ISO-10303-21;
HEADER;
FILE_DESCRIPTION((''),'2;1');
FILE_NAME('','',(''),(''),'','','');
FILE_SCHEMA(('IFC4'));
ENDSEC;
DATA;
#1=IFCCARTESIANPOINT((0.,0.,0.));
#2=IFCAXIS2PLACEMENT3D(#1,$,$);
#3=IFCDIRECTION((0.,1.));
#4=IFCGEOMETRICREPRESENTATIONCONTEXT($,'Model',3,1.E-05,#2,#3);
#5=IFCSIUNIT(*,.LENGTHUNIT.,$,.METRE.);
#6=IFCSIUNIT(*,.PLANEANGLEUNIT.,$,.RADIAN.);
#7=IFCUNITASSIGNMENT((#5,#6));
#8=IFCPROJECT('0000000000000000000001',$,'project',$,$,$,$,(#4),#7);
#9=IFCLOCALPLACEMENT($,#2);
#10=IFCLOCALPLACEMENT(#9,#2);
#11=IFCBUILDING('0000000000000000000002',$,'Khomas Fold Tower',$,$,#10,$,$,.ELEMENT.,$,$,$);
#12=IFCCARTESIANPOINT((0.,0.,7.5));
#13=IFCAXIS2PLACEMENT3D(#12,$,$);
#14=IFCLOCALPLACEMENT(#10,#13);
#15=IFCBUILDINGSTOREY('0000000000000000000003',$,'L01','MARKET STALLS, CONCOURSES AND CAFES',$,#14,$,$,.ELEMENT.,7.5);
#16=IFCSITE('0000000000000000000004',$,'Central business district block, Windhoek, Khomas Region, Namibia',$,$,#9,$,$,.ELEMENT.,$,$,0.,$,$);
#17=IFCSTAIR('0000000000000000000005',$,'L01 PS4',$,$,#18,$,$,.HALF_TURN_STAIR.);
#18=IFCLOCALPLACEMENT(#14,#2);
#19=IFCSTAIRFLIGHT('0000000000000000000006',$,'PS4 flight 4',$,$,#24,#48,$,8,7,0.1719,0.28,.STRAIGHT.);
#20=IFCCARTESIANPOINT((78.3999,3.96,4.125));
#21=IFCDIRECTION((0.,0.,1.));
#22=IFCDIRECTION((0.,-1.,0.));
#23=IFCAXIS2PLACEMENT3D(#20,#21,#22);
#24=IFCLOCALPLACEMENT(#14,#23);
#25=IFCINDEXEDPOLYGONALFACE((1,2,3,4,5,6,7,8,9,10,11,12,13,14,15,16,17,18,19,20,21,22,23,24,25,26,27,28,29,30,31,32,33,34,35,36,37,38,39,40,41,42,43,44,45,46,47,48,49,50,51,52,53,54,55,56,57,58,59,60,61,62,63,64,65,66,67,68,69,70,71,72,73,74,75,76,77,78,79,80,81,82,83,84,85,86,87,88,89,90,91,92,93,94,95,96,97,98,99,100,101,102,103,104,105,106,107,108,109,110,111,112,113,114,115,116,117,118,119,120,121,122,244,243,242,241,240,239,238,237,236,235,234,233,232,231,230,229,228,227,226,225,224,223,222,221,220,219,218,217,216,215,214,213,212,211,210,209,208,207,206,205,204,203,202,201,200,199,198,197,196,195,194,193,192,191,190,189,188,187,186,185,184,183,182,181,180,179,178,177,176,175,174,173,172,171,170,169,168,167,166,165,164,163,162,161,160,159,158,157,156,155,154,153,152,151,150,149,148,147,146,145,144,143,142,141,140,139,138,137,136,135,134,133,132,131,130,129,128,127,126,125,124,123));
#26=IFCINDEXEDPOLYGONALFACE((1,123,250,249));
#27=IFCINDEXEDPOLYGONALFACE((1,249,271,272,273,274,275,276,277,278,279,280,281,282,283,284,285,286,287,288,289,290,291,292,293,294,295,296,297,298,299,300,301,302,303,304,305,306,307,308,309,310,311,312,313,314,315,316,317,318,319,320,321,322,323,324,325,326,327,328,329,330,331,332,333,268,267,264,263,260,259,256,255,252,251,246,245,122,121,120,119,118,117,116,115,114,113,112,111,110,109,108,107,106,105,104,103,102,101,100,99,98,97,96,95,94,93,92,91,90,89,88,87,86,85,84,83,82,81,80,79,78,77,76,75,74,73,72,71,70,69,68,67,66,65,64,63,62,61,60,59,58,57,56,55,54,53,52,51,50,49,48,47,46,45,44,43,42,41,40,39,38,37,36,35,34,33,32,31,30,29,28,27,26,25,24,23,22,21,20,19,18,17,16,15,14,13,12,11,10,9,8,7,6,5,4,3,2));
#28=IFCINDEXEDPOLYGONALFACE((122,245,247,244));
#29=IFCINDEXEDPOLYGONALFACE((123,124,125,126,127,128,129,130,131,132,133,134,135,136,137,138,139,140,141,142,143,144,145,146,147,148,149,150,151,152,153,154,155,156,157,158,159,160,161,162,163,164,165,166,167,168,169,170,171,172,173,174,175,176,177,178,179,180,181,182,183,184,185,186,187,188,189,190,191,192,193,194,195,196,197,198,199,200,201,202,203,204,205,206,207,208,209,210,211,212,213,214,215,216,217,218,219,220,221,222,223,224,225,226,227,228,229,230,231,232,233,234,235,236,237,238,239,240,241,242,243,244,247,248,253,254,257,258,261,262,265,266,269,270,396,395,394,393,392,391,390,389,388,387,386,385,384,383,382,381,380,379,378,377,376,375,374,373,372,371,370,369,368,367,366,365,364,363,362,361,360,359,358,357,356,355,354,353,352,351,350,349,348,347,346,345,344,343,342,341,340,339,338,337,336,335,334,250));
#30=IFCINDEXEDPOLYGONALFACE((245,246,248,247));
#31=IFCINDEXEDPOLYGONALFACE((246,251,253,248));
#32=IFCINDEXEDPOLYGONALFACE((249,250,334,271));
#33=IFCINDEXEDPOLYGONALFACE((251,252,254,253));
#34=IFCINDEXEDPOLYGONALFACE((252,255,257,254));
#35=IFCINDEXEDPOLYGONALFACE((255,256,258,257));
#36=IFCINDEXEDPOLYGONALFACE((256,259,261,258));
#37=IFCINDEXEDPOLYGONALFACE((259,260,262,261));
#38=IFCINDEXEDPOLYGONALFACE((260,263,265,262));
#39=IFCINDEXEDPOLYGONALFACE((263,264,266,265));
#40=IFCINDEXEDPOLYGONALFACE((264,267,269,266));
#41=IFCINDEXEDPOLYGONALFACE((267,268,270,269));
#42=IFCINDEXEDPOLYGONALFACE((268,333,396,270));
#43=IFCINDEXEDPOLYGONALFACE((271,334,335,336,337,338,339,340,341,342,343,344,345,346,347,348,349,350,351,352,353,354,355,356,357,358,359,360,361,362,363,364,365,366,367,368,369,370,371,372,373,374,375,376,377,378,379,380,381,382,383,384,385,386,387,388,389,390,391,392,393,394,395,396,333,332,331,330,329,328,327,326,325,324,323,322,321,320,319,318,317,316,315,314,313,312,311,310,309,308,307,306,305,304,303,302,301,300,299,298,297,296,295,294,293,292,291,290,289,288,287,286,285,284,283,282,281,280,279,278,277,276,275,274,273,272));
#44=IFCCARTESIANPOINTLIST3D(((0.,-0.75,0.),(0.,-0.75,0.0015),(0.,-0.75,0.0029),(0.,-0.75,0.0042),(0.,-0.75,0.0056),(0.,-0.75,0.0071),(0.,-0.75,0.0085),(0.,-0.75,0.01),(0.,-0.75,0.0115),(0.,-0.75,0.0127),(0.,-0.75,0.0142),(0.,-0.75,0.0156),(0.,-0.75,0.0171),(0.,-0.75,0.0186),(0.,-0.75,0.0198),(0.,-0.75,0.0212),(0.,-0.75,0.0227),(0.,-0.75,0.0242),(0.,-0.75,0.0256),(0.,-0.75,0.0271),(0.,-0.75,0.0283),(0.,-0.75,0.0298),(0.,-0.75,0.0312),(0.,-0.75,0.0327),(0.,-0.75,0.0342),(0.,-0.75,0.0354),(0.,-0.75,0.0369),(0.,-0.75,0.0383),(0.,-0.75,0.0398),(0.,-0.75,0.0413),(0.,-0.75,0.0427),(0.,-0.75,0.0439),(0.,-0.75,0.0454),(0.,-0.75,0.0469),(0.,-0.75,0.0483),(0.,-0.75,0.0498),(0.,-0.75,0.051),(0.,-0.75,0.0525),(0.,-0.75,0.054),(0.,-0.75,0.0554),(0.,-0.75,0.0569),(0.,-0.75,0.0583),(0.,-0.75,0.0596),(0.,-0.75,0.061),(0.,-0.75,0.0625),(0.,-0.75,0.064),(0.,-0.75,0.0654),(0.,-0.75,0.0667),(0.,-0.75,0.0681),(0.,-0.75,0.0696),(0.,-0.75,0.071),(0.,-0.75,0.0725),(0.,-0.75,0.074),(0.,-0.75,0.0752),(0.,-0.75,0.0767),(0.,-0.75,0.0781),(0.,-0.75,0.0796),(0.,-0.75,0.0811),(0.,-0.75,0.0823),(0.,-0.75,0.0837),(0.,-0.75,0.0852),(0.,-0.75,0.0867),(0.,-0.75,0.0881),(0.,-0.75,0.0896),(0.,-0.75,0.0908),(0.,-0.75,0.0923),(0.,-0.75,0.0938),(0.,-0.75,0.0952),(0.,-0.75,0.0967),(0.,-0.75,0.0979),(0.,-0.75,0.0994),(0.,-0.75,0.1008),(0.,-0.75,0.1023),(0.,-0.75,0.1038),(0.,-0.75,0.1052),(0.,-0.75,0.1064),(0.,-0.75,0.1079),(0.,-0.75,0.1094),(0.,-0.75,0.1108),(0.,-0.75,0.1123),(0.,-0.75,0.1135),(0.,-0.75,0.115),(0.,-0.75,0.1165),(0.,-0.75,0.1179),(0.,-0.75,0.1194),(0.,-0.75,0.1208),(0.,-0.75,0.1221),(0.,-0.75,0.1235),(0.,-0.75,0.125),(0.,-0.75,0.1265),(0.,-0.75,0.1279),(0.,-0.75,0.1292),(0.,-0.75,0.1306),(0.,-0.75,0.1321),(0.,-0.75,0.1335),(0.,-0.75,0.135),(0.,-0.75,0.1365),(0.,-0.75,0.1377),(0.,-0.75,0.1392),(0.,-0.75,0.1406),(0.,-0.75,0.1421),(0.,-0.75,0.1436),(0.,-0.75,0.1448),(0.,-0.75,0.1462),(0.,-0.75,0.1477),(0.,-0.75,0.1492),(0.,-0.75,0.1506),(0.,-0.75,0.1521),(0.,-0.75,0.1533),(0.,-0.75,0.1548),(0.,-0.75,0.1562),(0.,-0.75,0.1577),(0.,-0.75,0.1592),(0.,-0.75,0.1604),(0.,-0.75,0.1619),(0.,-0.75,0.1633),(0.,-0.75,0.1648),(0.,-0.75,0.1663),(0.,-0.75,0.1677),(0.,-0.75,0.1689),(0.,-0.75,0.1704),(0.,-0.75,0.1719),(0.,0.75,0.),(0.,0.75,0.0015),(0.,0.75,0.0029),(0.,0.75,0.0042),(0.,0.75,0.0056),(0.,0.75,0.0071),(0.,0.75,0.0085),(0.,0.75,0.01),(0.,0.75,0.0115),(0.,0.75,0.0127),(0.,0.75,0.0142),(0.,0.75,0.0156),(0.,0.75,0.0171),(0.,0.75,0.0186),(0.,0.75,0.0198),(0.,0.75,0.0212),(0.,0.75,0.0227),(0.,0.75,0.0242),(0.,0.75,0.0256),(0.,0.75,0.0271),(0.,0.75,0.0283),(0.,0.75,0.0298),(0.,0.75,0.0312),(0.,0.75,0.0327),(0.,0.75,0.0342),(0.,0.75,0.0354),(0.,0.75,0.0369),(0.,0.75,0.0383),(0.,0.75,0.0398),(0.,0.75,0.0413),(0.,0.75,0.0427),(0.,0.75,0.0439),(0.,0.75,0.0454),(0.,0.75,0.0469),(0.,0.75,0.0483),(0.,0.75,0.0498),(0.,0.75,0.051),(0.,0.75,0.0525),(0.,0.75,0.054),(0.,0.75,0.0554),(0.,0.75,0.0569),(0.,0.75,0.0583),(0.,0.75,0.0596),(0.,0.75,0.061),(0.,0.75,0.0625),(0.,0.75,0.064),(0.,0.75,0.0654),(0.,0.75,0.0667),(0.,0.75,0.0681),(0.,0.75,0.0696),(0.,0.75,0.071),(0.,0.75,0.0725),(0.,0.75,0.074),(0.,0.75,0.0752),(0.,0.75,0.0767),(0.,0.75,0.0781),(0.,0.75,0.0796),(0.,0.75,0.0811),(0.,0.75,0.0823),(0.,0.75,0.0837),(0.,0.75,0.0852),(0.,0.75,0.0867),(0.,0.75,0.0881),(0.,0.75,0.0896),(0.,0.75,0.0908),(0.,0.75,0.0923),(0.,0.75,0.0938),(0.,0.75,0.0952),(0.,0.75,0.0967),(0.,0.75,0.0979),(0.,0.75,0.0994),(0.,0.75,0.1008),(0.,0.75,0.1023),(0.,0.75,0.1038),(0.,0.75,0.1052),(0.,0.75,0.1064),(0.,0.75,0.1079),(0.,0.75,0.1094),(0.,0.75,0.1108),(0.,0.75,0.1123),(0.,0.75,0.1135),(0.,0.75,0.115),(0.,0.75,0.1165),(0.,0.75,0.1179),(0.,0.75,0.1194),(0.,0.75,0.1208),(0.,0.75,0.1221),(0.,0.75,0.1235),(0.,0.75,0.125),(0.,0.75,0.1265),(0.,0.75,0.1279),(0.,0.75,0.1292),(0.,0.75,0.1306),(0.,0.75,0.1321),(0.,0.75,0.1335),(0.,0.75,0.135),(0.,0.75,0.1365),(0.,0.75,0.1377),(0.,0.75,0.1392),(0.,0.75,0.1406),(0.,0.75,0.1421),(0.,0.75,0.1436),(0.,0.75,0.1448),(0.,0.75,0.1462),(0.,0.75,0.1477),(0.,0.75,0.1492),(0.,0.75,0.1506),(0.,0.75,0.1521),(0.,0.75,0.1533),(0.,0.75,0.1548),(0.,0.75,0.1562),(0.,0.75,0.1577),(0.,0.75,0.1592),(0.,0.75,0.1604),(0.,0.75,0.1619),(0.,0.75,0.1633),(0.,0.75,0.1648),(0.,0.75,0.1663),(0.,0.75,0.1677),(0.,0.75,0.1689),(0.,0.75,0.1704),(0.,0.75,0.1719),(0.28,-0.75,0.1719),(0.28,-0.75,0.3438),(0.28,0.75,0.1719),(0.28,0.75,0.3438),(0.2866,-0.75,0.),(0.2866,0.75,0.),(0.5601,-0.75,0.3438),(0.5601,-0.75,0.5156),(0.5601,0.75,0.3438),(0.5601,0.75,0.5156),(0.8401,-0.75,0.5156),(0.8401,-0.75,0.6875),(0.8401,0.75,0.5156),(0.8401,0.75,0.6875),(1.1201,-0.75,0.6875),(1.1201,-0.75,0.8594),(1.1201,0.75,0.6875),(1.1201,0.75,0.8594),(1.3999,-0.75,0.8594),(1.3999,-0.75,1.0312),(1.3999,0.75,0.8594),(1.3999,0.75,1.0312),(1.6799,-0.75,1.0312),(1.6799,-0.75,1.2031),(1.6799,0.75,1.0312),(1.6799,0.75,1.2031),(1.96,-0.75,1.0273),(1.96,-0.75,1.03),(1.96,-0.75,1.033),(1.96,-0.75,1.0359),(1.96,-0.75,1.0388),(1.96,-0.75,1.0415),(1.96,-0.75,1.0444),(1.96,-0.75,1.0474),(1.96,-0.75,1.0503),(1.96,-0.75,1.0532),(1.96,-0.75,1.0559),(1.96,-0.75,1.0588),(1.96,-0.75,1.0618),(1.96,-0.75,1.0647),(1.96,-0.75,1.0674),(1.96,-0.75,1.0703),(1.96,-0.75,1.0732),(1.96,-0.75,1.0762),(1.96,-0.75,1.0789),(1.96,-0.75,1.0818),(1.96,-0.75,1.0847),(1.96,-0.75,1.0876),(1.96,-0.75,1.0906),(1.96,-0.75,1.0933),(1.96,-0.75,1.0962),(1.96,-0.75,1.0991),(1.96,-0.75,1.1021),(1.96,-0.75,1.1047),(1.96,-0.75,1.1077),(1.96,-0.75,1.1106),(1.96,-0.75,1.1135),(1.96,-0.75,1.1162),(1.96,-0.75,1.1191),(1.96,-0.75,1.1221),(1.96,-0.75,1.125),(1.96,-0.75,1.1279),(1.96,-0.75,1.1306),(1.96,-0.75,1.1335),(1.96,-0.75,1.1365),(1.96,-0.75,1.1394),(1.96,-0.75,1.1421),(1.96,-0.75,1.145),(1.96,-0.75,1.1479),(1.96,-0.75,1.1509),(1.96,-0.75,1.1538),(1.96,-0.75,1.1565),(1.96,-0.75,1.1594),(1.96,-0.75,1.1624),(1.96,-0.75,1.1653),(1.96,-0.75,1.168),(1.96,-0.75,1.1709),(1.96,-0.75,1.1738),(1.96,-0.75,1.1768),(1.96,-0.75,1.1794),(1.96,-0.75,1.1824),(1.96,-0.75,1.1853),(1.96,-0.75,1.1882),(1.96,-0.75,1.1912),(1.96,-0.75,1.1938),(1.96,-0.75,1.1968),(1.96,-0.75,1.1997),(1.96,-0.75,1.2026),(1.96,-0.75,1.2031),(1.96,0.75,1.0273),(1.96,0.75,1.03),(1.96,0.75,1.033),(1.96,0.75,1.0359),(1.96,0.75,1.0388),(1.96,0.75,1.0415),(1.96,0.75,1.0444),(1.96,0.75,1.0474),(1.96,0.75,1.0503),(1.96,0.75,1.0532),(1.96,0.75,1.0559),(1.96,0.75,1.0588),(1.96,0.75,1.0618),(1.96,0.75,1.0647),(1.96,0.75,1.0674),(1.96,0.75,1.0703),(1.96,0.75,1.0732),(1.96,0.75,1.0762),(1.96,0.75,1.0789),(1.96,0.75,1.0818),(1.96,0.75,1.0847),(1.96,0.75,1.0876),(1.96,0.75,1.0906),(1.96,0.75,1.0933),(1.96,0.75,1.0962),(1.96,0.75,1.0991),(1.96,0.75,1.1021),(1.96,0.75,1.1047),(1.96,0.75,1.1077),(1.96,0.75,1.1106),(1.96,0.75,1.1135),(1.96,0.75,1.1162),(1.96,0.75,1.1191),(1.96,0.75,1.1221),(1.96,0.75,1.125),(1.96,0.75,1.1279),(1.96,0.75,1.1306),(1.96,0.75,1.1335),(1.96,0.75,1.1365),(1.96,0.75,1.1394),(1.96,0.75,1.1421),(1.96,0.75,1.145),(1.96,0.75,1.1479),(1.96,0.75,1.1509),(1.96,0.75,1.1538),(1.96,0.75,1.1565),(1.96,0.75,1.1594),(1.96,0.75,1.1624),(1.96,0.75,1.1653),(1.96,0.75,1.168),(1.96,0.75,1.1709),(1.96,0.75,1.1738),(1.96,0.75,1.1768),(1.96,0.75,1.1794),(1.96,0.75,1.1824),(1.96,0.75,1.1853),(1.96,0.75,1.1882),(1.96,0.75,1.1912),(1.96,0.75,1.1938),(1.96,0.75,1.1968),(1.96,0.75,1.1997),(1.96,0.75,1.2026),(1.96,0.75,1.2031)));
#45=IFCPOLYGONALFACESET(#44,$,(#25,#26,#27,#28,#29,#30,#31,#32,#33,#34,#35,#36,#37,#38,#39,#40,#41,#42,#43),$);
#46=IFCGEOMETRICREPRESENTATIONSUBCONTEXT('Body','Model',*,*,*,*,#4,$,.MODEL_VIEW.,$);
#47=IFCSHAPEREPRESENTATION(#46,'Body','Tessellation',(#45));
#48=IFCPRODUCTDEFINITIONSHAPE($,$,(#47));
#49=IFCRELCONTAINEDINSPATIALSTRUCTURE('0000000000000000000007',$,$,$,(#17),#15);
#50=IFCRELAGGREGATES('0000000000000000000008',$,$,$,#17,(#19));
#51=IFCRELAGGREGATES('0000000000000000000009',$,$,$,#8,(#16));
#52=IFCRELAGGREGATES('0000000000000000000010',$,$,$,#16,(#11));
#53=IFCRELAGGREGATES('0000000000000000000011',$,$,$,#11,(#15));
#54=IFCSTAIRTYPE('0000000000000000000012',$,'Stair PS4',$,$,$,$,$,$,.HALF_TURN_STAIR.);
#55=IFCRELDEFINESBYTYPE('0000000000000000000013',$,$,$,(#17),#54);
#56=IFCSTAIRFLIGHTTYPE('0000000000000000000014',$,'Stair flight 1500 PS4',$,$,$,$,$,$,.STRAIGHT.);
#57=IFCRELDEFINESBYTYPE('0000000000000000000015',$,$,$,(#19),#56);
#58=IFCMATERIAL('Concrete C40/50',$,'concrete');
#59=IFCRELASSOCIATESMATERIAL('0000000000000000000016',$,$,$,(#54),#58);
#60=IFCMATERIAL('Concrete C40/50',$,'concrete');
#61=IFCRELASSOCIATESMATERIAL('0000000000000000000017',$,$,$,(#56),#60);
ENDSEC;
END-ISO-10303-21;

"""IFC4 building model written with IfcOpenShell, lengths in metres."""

from ifc_helpers import new_model, si_unit, direction, frame, origin, place, context, subcontext, project, spatial, polyline, outline, extrude, source, transform, mapped, material, type_object, element, aggregate, save


model = new_model("IFC4")

# Units and contexts
model_context = context("Model", 3, precision=1e-05, world=origin(), true_north=direction((0.0, 1.0)))
body_context = subcontext(model_context, "Body", "Model", "MODEL_VIEW")
ifc_project = project(units=[si_unit("LENGTHUNIT", "METRE"), si_unit("PLANEANGLEUNIT", "RADIAN")], contexts=[model_context])

# Site, building, storey
site_placement = place(None, origin())
site = spatial("IfcSite", under=ifc_project, at=site_placement, Name="Central business district block, Windhoek, Khomas Region, Namibia", CompositionType="ELEMENT", RefElevation=0.0)
building_placement = place(site_placement, origin())
building = spatial("IfcBuilding", under=site, at=building_placement, Name="Khomas Fold Tower", CompositionType="ELEMENT")
storey_placement = place(building_placement, frame((0.0, 0.0, 7.5)))
storey = spatial("IfcBuildingStorey", under=building, at=storey_placement, Name="L01", Description="MARKET STALLS, CONCOURSES AND CAFES", CompositionType="ELEMENT", Elevation=7.5)

# Stair, stair flight
ifc_material_1 = material(Name="Concrete C40/50", Category="concrete")
stair_type = type_object("IfcStairType", Name="Stair PS4", PredefinedType="HALF_TURN_STAIR", material=ifc_material_1)
stair_placement = place(storey_placement, origin())
stair = element("IfcStair", 1, at=stair_placement, inside=storey, type_object=stair_type, Name="L01 PS4", PredefinedType="HALF_TURN_STAIR")
ifc_material_2 = material(Name="Concrete C40/50", Category="concrete")
stair_flight_type = type_object("IfcStairFlightType", Name="Stair flight 1500 PS4", PredefinedType="STRAIGHT", material=ifc_material_2)
shared_shape_1 = source(origin(), body_context, "Body", "SweptSolid", [
    extrude(outline(polyline([(0.0, 0.0), (0.0, 0.0015), (0.0, 0.0029), (0.0, 0.0042), (0.0, 0.0056), (0.0, 0.0071), (0.0, 0.0085), (0.0, 0.01), (0.0, 0.0115), (0.0, 0.0127), (0.0, 0.0142), (0.0, 0.0156), (0.0, 0.0171), (0.0, 0.0186), (0.0, 0.0198), (0.0, 0.0212), (0.0, 0.0227), (0.0, 0.0242), (0.0, 0.0256), (0.0, 0.0271), (0.0, 0.0283), (0.0, 0.0298), (0.0, 0.0312), (0.0, 0.0327), (0.0, 0.0342), (0.0, 0.0354), (0.0, 0.0369), (0.0, 0.0383), (0.0, 0.0398), (0.0, 0.0413), (0.0, 0.0427), (0.0, 0.0439), (0.0, 0.0454), (0.0, 0.0469), (0.0, 0.0483), (0.0, 0.0498), (0.0, 0.051), (0.0, 0.0525), (0.0, 0.054), (0.0, 0.0554), (0.0, 0.0569), (0.0, 0.0583), (0.0, 0.0596), (0.0, 0.061), (0.0, 0.0625), (0.0, 0.064), (0.0, 0.0654), (0.0, 0.0667), (0.0, 0.0681), (0.0, 0.0696), (0.0, 0.071), (0.0, 0.0725), (0.0, 0.074), (0.0, 0.0752), (0.0, 0.0767), (0.0, 0.0781), (0.0, 0.0796), (0.0, 0.0811), (0.0, 0.0823), (0.0, 0.0837), (0.0, 0.0852), (0.0, 0.0867), (0.0, 0.0881), (0.0, 0.0896), (0.0, 0.0908), (0.0, 0.0923), (0.0, 0.0938), (0.0, 0.0952), (0.0, 0.0967), (0.0, 0.0979), (0.0, 0.0994), (0.0, 0.1008), (0.0, 0.1023), (0.0, 0.1038), (0.0, 0.1052), (0.0, 0.1064), (0.0, 0.1079), (0.0, 0.1094), (0.0, 0.1108), (0.0, 0.1123), (0.0, 0.1135), (0.0, 0.115), (0.0, 0.1165), (0.0, 0.1179), (0.0, 0.1194), (0.0, 0.1208), (0.0, 0.1221), (0.0, 0.1235), (0.0, 0.125), (0.0, 0.1265), (0.0, 0.1279), (0.0, 0.1292), (0.0, 0.1306), (0.0, 0.1321), (0.0, 0.1335), (0.0, 0.135), (0.0, 0.1365), (0.0, 0.1377), (0.0, 0.1392), (0.0, 0.1406), (0.0, 0.1421), (0.0, 0.1436), (0.0, 0.1448), (0.0, 0.1462), (0.0, 0.1477), (0.0, 0.1492), (0.0, 0.1506), (0.0, 0.1521), (0.0, 0.1533), (0.0, 0.1548), (0.0, 0.1562), (0.0, 0.1577), (0.0, 0.1592), (0.0, 0.1604), (0.0, 0.1619), (0.0, 0.1633), (0.0, 0.1648), (0.0, 0.1663), (0.0, 0.1677), (0.0, 0.1689), (0.0, 0.1704), (0.0, 0.1719), (0.28, 0.1719), (0.28, 0.3438), (0.5601, 0.3438), (0.5601, 0.5156), (0.8401, 0.5156), (0.8401, 0.6875), (1.1201, 0.6875), (1.1201, 0.8594), (1.3999, 0.8594), (1.3999, 1.0312), (1.6799, 1.0312), (1.6799, 1.2031), (1.96, 1.2031), (1.96, 1.375), (1.96, 1.3721), (1.96, 1.3691), (1.96, 1.3665), (1.96, 1.3635), (1.96, 1.3606), (1.96, 1.3577), (1.96, 1.355), (1.96, 1.3521), (1.96, 1.3491), (1.96, 1.3462), (1.96, 1.3435), (1.96, 1.3406), (1.96, 1.3376), (1.96, 1.3347), (1.96, 1.3318), (1.96, 1.3291), (1.96, 1.3262), (1.96, 1.3232), (1.96, 1.3203), (1.96, 1.3176), (1.96, 1.3147), (1.96, 1.3118), (1.96, 1.3088), (1.96, 1.3059), (1.96, 1.3032), (1.96, 1.3003), (1.96, 1.2974), (1.96, 1.2944), (1.96, 1.2917), (1.96, 1.2888), (1.96, 1.2859), (1.96, 1.283), (1.96, 1.2803), (1.96, 1.2773), (1.96, 1.2744), (1.96, 1.2715), (1.96, 1.2686), (1.96, 1.2659), (1.96, 1.2629), (1.96, 1.26), (1.96, 1.2571), (1.96, 1.2544), (1.96, 1.2515), (1.96, 1.2485), (1.96, 1.2456), (1.96, 1.2427), (1.96, 1.24), (1.96, 1.2371), (1.96, 1.2341), (1.96, 1.2312), (1.96, 1.2285), (1.96, 1.2256), (1.96, 1.2227), (1.96, 1.2197), (1.96, 1.217), (1.96, 1.2141), (1.96, 1.2112), (1.96, 1.2083), (1.96, 1.2053), (1.96, 1.2026), (1.96, 1.1997), (1.96, 1.1968), (1.96, 1.1938), (1.96, 1.1912), (1.96, 1.1882), (1.96, 1.1853), (1.96, 1.1824), (1.96, 1.1794), (1.96, 1.1768), (1.96, 1.1738), (1.96, 1.1709), (1.96, 1.168), (1.96, 1.1653), (1.96, 1.1624), (1.96, 1.1594), (1.96, 1.1565), (1.96, 1.1538), (1.96, 1.1509), (1.96, 1.1479), (1.96, 1.145), (1.96, 1.1421), (1.96, 1.1394), (1.96, 1.1365), (1.96, 1.1335), (1.96, 1.1306), (1.96, 1.1279), (1.96, 1.125), (1.96, 1.1221), (1.96, 1.1191), (1.96, 1.1162), (1.96, 1.1135), (1.96, 1.1106), (1.96, 1.1077), (1.96, 1.1047), (1.96, 1.1021), (1.96, 1.0991), (1.96, 1.0962), (1.96, 1.0933), (1.96, 1.0906), (1.96, 1.0876), (1.96, 1.0847), (1.96, 1.0818), (1.96, 1.0789), (1.96, 1.0762), (1.96, 1.0732), (1.96, 1.0703), (1.96, 1.0674), (1.96, 1.0647), (1.96, 1.0618), (1.96, 1.0588), (1.96, 1.0559), (1.96, 1.0532), (1.96, 1.0503), (1.96, 1.0474), (1.96, 1.0444), (1.96, 1.0415), (1.96, 1.0388), (1.96, 1.0359), (1.96, 1.033), (1.96, 1.03), (1.96, 1.0273), (0.2866, 0.0), (0.0, 0.0)])), frame((0.0, 0.75, 0.0), z_axis=(0.0, -1.0, 0.0), x_axis=(1.0, 0.0, 0.0)), (0.0, 0.0, 1.0), 1.5),
])
stair_flight_1_placement = place(storey_placement, frame((78.3999, 3.96, 4.125), z_axis=(0.0, 0.0, 1.0), x_axis=(0.0, -1.0, 0.0)))
stair_flight_1 = element("IfcStairFlight", 2, at=stair_flight_1_placement, type_object=stair_flight_type, Name="PS4 flight 4", NumberOfRisers=8, NumberOfTreads=7, PredefinedType="STRAIGHT", RiserHeight=0.1719, TreadLength=0.28, context=body_context, shape_type="MappedRepresentation", body=[
    mapped(shared_shape_1, transform((0.0, 0.0, 0.0))),
])
aggregate(stair, [stair_flight_1])

save(model, "model.ifc")
